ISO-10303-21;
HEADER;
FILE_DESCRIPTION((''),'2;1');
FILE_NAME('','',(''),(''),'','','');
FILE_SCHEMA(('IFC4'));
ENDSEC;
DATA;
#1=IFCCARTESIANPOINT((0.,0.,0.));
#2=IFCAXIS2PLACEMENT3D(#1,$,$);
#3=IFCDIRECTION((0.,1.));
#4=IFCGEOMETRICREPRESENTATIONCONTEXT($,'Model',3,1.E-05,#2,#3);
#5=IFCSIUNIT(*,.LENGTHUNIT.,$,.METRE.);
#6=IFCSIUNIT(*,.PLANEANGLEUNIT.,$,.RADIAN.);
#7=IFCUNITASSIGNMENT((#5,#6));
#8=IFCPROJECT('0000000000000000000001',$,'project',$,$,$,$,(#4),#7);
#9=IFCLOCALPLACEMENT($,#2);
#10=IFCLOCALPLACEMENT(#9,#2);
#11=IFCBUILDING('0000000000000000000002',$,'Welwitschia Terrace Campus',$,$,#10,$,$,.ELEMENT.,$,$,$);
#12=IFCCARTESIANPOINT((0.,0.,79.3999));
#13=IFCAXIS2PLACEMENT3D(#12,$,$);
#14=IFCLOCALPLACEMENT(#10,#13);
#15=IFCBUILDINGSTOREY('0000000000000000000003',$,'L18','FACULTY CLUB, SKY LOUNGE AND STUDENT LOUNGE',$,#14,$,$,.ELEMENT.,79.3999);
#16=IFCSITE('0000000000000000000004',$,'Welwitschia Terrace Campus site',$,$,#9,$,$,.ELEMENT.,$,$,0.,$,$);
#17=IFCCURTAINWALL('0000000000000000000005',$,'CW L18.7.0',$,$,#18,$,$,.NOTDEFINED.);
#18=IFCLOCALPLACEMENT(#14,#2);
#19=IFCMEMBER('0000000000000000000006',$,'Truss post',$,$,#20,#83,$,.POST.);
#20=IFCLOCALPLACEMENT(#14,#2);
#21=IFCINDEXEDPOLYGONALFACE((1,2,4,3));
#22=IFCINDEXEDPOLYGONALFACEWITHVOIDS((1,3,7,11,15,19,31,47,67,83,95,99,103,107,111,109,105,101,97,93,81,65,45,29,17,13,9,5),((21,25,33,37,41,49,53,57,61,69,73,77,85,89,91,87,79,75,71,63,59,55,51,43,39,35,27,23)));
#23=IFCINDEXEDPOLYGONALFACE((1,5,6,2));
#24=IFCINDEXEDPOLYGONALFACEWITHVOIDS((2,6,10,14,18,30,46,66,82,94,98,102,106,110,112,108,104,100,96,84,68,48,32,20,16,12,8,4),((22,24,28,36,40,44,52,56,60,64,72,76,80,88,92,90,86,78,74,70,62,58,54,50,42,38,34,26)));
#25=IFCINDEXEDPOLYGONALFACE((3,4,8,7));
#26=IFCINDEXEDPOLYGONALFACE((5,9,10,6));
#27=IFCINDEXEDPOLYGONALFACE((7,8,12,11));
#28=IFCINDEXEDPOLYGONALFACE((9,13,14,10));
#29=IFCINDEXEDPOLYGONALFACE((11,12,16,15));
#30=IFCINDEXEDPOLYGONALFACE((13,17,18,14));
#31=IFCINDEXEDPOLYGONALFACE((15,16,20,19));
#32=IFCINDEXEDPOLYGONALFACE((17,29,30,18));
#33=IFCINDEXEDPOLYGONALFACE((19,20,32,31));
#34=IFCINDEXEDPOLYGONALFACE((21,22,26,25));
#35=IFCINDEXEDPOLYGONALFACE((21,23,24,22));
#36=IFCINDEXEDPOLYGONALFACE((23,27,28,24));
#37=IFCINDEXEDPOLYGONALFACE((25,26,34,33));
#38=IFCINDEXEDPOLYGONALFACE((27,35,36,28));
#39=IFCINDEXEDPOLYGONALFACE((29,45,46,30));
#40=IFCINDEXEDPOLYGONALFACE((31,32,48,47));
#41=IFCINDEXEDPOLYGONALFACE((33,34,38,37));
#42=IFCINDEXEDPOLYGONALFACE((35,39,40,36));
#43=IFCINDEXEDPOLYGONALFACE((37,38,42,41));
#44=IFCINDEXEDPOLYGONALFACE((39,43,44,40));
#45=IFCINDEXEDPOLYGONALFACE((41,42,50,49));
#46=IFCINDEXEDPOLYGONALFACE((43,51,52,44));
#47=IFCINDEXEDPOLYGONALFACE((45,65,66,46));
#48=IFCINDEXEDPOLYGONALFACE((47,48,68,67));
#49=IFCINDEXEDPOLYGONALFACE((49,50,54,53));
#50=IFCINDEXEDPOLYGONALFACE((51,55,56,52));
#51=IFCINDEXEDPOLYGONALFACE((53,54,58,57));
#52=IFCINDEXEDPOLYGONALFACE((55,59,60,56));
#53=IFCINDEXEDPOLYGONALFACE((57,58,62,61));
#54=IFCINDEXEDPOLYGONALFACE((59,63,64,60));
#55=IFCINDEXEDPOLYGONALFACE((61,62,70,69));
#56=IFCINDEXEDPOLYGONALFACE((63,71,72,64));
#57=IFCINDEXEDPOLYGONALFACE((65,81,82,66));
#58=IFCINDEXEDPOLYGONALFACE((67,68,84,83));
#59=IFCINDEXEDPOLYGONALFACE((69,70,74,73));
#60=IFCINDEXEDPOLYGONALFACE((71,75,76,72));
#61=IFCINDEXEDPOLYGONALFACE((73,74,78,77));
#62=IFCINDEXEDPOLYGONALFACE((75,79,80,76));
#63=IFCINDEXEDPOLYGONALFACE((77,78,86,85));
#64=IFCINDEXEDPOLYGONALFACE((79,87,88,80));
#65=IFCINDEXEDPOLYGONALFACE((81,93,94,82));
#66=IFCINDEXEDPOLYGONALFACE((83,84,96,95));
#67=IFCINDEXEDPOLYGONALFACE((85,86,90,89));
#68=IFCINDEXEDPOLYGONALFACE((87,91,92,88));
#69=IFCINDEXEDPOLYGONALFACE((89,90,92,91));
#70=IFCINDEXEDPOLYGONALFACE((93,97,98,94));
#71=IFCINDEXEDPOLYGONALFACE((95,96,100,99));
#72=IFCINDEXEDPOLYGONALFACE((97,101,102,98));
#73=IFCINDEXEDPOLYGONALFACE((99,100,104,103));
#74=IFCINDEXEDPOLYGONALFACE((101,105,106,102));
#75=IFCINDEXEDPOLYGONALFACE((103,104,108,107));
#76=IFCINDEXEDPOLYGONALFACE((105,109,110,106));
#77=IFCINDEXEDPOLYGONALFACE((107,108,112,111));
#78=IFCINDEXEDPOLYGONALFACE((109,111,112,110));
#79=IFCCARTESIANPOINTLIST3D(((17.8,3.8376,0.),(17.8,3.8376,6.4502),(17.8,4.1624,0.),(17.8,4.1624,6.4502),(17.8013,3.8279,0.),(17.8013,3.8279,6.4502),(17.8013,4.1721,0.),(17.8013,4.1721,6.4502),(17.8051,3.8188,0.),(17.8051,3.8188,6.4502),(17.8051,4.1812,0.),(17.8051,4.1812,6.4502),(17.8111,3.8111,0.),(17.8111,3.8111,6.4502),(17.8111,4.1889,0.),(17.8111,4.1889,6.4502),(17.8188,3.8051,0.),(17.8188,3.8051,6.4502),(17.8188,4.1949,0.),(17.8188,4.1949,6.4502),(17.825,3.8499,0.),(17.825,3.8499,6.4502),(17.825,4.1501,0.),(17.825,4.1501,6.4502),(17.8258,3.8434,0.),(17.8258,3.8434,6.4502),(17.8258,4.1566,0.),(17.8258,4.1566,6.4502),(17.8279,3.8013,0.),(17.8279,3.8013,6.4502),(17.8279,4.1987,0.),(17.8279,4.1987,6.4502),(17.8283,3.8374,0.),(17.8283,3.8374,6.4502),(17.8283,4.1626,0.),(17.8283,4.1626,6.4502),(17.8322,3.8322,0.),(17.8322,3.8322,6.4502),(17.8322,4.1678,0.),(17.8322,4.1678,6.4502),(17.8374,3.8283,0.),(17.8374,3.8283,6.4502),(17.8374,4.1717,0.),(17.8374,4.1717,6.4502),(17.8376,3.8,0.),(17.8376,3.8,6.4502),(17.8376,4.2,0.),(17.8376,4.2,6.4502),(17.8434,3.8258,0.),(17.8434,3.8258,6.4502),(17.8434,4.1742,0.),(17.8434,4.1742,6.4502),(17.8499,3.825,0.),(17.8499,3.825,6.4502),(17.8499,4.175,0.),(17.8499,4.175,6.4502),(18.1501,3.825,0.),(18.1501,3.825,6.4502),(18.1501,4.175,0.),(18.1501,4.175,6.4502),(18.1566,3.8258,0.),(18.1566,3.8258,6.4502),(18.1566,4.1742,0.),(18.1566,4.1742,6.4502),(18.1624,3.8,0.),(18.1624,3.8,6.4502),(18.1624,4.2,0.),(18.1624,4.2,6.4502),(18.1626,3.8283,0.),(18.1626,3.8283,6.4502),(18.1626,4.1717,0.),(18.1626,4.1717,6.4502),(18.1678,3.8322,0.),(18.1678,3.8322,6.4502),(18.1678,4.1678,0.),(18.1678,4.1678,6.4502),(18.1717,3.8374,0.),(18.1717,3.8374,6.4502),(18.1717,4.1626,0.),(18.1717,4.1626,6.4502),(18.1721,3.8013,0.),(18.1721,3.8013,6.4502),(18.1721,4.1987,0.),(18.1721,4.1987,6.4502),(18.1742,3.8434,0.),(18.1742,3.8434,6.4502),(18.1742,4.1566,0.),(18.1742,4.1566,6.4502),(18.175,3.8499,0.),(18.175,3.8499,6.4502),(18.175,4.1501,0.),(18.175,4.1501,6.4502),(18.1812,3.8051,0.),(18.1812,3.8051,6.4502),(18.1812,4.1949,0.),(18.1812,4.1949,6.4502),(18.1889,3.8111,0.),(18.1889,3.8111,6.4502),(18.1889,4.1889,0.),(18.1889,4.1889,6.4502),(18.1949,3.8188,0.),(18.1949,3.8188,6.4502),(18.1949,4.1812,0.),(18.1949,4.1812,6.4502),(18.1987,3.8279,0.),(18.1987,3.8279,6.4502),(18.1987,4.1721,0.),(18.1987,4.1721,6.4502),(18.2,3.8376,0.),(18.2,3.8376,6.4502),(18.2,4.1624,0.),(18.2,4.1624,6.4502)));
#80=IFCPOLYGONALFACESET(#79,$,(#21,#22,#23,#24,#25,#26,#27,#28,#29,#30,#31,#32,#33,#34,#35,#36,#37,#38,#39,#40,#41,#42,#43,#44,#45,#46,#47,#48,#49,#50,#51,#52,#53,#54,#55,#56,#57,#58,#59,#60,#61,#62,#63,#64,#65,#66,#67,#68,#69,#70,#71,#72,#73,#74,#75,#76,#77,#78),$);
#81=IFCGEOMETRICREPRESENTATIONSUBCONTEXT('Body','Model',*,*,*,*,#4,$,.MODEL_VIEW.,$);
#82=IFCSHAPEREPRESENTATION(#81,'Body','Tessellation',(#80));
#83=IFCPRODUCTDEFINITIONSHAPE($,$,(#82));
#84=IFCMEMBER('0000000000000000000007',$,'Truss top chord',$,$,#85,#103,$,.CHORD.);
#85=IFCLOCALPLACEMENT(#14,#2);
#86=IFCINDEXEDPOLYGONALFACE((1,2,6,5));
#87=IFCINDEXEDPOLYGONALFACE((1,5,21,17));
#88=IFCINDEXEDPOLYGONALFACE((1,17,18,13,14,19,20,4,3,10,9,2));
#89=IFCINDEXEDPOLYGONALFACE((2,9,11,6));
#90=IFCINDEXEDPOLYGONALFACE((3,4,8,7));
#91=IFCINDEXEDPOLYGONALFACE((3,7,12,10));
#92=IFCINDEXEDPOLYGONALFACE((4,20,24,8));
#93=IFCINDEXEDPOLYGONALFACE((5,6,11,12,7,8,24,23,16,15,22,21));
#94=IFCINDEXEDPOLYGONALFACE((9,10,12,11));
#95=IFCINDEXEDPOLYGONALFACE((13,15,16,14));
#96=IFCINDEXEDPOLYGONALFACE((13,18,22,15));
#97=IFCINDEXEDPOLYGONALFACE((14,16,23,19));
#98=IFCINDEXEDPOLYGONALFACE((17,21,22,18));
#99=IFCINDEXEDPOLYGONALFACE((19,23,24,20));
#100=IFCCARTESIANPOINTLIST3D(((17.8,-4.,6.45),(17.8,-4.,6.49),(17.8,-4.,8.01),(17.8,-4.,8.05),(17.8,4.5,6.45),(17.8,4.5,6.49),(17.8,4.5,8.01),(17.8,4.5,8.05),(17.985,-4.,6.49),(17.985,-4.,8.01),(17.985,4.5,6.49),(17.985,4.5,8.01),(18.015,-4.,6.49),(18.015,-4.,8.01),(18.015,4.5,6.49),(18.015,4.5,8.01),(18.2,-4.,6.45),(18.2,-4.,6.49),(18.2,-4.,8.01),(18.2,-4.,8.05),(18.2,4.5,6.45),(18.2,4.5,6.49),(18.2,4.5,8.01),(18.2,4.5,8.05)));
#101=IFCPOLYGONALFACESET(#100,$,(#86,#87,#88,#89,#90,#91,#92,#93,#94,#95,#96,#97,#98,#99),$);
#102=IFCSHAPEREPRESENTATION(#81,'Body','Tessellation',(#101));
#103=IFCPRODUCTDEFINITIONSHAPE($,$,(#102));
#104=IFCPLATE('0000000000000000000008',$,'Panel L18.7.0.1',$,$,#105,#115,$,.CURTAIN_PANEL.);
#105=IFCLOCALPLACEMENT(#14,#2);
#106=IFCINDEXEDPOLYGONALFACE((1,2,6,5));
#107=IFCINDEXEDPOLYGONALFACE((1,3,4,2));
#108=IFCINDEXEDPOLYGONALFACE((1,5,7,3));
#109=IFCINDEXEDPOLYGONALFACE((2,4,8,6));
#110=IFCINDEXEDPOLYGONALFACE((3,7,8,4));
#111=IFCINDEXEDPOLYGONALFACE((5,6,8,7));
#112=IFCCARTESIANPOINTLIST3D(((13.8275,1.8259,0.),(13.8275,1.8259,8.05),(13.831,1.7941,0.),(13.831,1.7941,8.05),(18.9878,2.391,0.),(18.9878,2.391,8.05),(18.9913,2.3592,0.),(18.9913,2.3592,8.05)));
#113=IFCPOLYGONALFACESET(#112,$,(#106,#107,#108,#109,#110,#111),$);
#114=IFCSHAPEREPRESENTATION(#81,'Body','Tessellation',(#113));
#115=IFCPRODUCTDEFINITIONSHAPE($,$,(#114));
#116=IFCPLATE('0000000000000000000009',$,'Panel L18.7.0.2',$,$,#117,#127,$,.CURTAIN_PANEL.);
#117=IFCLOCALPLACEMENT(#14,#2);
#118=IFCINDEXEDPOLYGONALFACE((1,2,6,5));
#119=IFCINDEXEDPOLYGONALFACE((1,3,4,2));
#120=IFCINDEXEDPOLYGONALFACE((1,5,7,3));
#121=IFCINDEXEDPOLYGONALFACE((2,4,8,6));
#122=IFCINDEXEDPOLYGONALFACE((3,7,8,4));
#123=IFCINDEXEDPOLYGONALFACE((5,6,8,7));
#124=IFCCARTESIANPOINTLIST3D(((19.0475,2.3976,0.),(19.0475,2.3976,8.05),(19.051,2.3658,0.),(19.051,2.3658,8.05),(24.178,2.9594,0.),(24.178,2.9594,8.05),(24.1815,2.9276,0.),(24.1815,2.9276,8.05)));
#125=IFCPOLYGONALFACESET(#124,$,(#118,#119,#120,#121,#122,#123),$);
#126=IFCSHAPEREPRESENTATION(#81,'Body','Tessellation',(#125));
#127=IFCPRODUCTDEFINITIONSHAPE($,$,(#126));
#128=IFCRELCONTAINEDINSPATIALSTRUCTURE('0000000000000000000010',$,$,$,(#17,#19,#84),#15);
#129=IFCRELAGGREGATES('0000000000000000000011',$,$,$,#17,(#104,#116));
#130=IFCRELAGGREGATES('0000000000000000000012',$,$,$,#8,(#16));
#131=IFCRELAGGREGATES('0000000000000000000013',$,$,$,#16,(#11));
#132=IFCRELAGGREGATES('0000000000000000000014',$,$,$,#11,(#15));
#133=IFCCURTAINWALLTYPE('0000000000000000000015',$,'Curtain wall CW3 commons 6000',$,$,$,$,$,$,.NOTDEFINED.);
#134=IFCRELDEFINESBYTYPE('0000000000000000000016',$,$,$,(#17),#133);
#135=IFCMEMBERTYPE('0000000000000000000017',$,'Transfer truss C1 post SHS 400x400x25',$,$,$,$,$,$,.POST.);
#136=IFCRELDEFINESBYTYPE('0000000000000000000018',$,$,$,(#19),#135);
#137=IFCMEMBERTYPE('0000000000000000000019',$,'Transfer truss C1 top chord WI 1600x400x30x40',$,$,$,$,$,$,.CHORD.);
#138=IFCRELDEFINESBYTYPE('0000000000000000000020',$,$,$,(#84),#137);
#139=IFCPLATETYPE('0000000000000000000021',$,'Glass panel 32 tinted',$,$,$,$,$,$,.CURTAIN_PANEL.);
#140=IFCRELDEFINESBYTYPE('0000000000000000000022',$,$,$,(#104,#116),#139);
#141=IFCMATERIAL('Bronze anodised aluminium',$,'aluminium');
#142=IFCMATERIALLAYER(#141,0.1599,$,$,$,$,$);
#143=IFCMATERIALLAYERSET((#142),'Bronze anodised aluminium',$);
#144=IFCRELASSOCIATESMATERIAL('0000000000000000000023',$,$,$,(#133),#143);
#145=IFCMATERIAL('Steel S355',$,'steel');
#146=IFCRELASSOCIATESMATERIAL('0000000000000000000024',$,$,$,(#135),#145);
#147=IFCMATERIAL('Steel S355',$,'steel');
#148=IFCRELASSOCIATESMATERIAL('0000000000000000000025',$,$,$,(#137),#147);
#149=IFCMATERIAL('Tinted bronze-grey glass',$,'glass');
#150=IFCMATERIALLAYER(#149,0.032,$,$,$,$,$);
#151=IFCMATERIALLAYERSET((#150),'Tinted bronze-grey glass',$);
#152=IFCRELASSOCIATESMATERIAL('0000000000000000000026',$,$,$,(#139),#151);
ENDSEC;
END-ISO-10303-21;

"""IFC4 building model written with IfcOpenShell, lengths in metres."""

from ifc_helpers import new_model, si_unit, direction, frame, origin, origin_2d, place, context, subcontext, project, spatial, rectangle, hollow_rectangle, i_section, extrude, material, layer, layer_set, material_profile, profile_set, type_object, element, aggregate, save


model = new_model("IFC4")

# Units and contexts
model_context = context("Model", 3, precision=1e-05, world=origin(), true_north=direction((0.0, 1.0)))
body_context = subcontext(model_context, "Body", "Model", "MODEL_VIEW")
ifc_project = project(units=[si_unit("LENGTHUNIT", "METRE"), si_unit("PLANEANGLEUNIT", "RADIAN")], contexts=[model_context])

# Site, building, storey
site_placement = place(None, origin())
site = spatial("IfcSite", under=ifc_project, at=site_placement, Name="Welwitschia Terrace Campus site", CompositionType="ELEMENT", RefElevation=0.0)
building_placement = place(site_placement, origin())
building = spatial("IfcBuilding", under=site, at=building_placement, Name="Welwitschia Terrace Campus", CompositionType="ELEMENT")
storey_placement = place(building_placement, frame((0.0, 0.0, 79.3999)))
storey = spatial("IfcBuildingStorey", under=building, at=storey_placement, Name="L18", Description="FACULTY CLUB, SKY LOUNGE AND STUDENT LOUNGE", CompositionType="ELEMENT", Elevation=79.3999)

# Curtain wall
ifc_material_1 = material(Name="Bronze anodised aluminium", Category="aluminium")
ifc_layer_1 = layer(ifc_material_1, 0.1599)
ifc_layer_set_1 = layer_set([ifc_layer_1], Name="Bronze anodised aluminium")
curtain_wall_type = type_object("IfcCurtainWallType", Name="Curtain wall CW3 commons 6000", PredefinedType="NOTDEFINED", material=ifc_layer_set_1)
curtain_wall_placement = place(storey_placement, origin())
curtain_wall = element("IfcCurtainWall", 1, at=curtain_wall_placement, inside=storey, type_object=curtain_wall_type, Name="CW L18.7.0", PredefinedType="NOTDEFINED")

# Members
ifc_material_2 = material(Name="Steel S355", Category="steel")
ifc_material_profile_1 = material_profile(ifc_material_2, hollow_rectangle(XDim=0.3999, YDim=0.3999, WallThickness=0.0249, InnerFilletRadius=0.0249, OuterFilletRadius=0.0376, at=origin_2d()))
ifc_profile_set_1 = profile_set([ifc_material_profile_1], Name="Steel S355")
member_type_1 = type_object("IfcMemberType", Name="Transfer truss C1 post SHS 400x400x25", PredefinedType="POST", material=ifc_profile_set_1)
for number, where, z_axis, x_axis, name in (
    (2, (18.0, 4.0, 0.0), (0.0, 0.0, 1.0), (1.0, 0.0, 0.0), "Truss post"),
):
    element("IfcMember", number, at=place(storey_placement, frame(where, z_axis=z_axis, x_axis=x_axis)), inside=storey, type_object=member_type_1, Name=name, PredefinedType="POST", context=body_context, shape_type="SweptSolid", body=[
        extrude(hollow_rectangle(XDim=0.3999, YDim=0.3999, WallThickness=0.0249, InnerFilletRadius=0.0249, OuterFilletRadius=0.0376, at=origin_2d()), origin(), (0.0, 0.0, 1.0), 6.4502),
    ])
ifc_material_3 = material(Name="Steel S355", Category="steel")
ifc_material_profile_2 = material_profile(ifc_material_3, i_section(OverallWidth=0.3999, OverallDepth=1.6001, WebThickness=0.03, FlangeThickness=0.04, at=origin_2d()))
ifc_profile_set_2 = profile_set([ifc_material_profile_2], Name="Steel S355")
member_type_2 = type_object("IfcMemberType", Name="Transfer truss C1 top chord WI 1600x400x30x40", PredefinedType="CHORD", material=ifc_profile_set_2)
member_1_placement = place(storey_placement, frame((18.0, -4.0, 7.25), z_axis=(0.0, 1.0, 0.0), x_axis=(-1.0, 0.0, 0.0)))
element("IfcMember", 3, at=member_1_placement, inside=storey, type_object=member_type_2, Name="Truss top chord", PredefinedType="CHORD", context=body_context, shape_type="SweptSolid", body=[
    extrude(i_section(OverallWidth=0.3999, OverallDepth=1.6001, WebThickness=0.03, FlangeThickness=0.04, at=origin_2d()), origin(), (0.0, 0.0, 1.0), 8.5),
])

# Plates
ifc_material_4 = material(Name="Tinted bronze-grey glass", Category="glass")
ifc_layer_2 = layer(ifc_material_4, 0.032)
ifc_layer_set_2 = layer_set([ifc_layer_2], Name="Tinted bronze-grey glass")
plate_type = type_object("IfcPlateType", Name="Glass panel 32 tinted", PredefinedType="CURTAIN_PANEL", material=ifc_layer_set_2)
plate_1_placement = place(storey_placement, frame((16.4094, 2.0925, 0.0), z_axis=(0.0, 0.0, 1.0), x_axis=(0.994056, 0.108867, 0.0)))
plate_1 = element("IfcPlate", 4, at=plate_1_placement, type_object=plate_type, Name="Panel L18.7.0.1", PredefinedType="CURTAIN_PANEL", context=body_context, shape_type="SweptSolid", body=[
    extrude(rectangle(XDim=5.1912, YDim=0.032, at=origin_2d()), origin(), (0.0, 0.0, 1.0), 8.05),
])
plate_2_placement = place(storey_placement, frame((21.6145, 2.6626, 0.0), z_axis=(0.0, 0.0, 1.0), x_axis=(0.994056, 0.108867, 0.0)))
plate_2 = element("IfcPlate", 5, at=plate_2_placement, type_object=plate_type, Name="Panel L18.7.0.2", PredefinedType="CURTAIN_PANEL", context=body_context, shape_type="SweptSolid", body=[
    extrude(rectangle(XDim=5.1611, YDim=0.032, at=origin_2d()), origin(), (0.0, 0.0, 1.0), 8.05),
])
aggregate(curtain_wall, [plate_1, plate_2])

save(model, "model.ifc")
